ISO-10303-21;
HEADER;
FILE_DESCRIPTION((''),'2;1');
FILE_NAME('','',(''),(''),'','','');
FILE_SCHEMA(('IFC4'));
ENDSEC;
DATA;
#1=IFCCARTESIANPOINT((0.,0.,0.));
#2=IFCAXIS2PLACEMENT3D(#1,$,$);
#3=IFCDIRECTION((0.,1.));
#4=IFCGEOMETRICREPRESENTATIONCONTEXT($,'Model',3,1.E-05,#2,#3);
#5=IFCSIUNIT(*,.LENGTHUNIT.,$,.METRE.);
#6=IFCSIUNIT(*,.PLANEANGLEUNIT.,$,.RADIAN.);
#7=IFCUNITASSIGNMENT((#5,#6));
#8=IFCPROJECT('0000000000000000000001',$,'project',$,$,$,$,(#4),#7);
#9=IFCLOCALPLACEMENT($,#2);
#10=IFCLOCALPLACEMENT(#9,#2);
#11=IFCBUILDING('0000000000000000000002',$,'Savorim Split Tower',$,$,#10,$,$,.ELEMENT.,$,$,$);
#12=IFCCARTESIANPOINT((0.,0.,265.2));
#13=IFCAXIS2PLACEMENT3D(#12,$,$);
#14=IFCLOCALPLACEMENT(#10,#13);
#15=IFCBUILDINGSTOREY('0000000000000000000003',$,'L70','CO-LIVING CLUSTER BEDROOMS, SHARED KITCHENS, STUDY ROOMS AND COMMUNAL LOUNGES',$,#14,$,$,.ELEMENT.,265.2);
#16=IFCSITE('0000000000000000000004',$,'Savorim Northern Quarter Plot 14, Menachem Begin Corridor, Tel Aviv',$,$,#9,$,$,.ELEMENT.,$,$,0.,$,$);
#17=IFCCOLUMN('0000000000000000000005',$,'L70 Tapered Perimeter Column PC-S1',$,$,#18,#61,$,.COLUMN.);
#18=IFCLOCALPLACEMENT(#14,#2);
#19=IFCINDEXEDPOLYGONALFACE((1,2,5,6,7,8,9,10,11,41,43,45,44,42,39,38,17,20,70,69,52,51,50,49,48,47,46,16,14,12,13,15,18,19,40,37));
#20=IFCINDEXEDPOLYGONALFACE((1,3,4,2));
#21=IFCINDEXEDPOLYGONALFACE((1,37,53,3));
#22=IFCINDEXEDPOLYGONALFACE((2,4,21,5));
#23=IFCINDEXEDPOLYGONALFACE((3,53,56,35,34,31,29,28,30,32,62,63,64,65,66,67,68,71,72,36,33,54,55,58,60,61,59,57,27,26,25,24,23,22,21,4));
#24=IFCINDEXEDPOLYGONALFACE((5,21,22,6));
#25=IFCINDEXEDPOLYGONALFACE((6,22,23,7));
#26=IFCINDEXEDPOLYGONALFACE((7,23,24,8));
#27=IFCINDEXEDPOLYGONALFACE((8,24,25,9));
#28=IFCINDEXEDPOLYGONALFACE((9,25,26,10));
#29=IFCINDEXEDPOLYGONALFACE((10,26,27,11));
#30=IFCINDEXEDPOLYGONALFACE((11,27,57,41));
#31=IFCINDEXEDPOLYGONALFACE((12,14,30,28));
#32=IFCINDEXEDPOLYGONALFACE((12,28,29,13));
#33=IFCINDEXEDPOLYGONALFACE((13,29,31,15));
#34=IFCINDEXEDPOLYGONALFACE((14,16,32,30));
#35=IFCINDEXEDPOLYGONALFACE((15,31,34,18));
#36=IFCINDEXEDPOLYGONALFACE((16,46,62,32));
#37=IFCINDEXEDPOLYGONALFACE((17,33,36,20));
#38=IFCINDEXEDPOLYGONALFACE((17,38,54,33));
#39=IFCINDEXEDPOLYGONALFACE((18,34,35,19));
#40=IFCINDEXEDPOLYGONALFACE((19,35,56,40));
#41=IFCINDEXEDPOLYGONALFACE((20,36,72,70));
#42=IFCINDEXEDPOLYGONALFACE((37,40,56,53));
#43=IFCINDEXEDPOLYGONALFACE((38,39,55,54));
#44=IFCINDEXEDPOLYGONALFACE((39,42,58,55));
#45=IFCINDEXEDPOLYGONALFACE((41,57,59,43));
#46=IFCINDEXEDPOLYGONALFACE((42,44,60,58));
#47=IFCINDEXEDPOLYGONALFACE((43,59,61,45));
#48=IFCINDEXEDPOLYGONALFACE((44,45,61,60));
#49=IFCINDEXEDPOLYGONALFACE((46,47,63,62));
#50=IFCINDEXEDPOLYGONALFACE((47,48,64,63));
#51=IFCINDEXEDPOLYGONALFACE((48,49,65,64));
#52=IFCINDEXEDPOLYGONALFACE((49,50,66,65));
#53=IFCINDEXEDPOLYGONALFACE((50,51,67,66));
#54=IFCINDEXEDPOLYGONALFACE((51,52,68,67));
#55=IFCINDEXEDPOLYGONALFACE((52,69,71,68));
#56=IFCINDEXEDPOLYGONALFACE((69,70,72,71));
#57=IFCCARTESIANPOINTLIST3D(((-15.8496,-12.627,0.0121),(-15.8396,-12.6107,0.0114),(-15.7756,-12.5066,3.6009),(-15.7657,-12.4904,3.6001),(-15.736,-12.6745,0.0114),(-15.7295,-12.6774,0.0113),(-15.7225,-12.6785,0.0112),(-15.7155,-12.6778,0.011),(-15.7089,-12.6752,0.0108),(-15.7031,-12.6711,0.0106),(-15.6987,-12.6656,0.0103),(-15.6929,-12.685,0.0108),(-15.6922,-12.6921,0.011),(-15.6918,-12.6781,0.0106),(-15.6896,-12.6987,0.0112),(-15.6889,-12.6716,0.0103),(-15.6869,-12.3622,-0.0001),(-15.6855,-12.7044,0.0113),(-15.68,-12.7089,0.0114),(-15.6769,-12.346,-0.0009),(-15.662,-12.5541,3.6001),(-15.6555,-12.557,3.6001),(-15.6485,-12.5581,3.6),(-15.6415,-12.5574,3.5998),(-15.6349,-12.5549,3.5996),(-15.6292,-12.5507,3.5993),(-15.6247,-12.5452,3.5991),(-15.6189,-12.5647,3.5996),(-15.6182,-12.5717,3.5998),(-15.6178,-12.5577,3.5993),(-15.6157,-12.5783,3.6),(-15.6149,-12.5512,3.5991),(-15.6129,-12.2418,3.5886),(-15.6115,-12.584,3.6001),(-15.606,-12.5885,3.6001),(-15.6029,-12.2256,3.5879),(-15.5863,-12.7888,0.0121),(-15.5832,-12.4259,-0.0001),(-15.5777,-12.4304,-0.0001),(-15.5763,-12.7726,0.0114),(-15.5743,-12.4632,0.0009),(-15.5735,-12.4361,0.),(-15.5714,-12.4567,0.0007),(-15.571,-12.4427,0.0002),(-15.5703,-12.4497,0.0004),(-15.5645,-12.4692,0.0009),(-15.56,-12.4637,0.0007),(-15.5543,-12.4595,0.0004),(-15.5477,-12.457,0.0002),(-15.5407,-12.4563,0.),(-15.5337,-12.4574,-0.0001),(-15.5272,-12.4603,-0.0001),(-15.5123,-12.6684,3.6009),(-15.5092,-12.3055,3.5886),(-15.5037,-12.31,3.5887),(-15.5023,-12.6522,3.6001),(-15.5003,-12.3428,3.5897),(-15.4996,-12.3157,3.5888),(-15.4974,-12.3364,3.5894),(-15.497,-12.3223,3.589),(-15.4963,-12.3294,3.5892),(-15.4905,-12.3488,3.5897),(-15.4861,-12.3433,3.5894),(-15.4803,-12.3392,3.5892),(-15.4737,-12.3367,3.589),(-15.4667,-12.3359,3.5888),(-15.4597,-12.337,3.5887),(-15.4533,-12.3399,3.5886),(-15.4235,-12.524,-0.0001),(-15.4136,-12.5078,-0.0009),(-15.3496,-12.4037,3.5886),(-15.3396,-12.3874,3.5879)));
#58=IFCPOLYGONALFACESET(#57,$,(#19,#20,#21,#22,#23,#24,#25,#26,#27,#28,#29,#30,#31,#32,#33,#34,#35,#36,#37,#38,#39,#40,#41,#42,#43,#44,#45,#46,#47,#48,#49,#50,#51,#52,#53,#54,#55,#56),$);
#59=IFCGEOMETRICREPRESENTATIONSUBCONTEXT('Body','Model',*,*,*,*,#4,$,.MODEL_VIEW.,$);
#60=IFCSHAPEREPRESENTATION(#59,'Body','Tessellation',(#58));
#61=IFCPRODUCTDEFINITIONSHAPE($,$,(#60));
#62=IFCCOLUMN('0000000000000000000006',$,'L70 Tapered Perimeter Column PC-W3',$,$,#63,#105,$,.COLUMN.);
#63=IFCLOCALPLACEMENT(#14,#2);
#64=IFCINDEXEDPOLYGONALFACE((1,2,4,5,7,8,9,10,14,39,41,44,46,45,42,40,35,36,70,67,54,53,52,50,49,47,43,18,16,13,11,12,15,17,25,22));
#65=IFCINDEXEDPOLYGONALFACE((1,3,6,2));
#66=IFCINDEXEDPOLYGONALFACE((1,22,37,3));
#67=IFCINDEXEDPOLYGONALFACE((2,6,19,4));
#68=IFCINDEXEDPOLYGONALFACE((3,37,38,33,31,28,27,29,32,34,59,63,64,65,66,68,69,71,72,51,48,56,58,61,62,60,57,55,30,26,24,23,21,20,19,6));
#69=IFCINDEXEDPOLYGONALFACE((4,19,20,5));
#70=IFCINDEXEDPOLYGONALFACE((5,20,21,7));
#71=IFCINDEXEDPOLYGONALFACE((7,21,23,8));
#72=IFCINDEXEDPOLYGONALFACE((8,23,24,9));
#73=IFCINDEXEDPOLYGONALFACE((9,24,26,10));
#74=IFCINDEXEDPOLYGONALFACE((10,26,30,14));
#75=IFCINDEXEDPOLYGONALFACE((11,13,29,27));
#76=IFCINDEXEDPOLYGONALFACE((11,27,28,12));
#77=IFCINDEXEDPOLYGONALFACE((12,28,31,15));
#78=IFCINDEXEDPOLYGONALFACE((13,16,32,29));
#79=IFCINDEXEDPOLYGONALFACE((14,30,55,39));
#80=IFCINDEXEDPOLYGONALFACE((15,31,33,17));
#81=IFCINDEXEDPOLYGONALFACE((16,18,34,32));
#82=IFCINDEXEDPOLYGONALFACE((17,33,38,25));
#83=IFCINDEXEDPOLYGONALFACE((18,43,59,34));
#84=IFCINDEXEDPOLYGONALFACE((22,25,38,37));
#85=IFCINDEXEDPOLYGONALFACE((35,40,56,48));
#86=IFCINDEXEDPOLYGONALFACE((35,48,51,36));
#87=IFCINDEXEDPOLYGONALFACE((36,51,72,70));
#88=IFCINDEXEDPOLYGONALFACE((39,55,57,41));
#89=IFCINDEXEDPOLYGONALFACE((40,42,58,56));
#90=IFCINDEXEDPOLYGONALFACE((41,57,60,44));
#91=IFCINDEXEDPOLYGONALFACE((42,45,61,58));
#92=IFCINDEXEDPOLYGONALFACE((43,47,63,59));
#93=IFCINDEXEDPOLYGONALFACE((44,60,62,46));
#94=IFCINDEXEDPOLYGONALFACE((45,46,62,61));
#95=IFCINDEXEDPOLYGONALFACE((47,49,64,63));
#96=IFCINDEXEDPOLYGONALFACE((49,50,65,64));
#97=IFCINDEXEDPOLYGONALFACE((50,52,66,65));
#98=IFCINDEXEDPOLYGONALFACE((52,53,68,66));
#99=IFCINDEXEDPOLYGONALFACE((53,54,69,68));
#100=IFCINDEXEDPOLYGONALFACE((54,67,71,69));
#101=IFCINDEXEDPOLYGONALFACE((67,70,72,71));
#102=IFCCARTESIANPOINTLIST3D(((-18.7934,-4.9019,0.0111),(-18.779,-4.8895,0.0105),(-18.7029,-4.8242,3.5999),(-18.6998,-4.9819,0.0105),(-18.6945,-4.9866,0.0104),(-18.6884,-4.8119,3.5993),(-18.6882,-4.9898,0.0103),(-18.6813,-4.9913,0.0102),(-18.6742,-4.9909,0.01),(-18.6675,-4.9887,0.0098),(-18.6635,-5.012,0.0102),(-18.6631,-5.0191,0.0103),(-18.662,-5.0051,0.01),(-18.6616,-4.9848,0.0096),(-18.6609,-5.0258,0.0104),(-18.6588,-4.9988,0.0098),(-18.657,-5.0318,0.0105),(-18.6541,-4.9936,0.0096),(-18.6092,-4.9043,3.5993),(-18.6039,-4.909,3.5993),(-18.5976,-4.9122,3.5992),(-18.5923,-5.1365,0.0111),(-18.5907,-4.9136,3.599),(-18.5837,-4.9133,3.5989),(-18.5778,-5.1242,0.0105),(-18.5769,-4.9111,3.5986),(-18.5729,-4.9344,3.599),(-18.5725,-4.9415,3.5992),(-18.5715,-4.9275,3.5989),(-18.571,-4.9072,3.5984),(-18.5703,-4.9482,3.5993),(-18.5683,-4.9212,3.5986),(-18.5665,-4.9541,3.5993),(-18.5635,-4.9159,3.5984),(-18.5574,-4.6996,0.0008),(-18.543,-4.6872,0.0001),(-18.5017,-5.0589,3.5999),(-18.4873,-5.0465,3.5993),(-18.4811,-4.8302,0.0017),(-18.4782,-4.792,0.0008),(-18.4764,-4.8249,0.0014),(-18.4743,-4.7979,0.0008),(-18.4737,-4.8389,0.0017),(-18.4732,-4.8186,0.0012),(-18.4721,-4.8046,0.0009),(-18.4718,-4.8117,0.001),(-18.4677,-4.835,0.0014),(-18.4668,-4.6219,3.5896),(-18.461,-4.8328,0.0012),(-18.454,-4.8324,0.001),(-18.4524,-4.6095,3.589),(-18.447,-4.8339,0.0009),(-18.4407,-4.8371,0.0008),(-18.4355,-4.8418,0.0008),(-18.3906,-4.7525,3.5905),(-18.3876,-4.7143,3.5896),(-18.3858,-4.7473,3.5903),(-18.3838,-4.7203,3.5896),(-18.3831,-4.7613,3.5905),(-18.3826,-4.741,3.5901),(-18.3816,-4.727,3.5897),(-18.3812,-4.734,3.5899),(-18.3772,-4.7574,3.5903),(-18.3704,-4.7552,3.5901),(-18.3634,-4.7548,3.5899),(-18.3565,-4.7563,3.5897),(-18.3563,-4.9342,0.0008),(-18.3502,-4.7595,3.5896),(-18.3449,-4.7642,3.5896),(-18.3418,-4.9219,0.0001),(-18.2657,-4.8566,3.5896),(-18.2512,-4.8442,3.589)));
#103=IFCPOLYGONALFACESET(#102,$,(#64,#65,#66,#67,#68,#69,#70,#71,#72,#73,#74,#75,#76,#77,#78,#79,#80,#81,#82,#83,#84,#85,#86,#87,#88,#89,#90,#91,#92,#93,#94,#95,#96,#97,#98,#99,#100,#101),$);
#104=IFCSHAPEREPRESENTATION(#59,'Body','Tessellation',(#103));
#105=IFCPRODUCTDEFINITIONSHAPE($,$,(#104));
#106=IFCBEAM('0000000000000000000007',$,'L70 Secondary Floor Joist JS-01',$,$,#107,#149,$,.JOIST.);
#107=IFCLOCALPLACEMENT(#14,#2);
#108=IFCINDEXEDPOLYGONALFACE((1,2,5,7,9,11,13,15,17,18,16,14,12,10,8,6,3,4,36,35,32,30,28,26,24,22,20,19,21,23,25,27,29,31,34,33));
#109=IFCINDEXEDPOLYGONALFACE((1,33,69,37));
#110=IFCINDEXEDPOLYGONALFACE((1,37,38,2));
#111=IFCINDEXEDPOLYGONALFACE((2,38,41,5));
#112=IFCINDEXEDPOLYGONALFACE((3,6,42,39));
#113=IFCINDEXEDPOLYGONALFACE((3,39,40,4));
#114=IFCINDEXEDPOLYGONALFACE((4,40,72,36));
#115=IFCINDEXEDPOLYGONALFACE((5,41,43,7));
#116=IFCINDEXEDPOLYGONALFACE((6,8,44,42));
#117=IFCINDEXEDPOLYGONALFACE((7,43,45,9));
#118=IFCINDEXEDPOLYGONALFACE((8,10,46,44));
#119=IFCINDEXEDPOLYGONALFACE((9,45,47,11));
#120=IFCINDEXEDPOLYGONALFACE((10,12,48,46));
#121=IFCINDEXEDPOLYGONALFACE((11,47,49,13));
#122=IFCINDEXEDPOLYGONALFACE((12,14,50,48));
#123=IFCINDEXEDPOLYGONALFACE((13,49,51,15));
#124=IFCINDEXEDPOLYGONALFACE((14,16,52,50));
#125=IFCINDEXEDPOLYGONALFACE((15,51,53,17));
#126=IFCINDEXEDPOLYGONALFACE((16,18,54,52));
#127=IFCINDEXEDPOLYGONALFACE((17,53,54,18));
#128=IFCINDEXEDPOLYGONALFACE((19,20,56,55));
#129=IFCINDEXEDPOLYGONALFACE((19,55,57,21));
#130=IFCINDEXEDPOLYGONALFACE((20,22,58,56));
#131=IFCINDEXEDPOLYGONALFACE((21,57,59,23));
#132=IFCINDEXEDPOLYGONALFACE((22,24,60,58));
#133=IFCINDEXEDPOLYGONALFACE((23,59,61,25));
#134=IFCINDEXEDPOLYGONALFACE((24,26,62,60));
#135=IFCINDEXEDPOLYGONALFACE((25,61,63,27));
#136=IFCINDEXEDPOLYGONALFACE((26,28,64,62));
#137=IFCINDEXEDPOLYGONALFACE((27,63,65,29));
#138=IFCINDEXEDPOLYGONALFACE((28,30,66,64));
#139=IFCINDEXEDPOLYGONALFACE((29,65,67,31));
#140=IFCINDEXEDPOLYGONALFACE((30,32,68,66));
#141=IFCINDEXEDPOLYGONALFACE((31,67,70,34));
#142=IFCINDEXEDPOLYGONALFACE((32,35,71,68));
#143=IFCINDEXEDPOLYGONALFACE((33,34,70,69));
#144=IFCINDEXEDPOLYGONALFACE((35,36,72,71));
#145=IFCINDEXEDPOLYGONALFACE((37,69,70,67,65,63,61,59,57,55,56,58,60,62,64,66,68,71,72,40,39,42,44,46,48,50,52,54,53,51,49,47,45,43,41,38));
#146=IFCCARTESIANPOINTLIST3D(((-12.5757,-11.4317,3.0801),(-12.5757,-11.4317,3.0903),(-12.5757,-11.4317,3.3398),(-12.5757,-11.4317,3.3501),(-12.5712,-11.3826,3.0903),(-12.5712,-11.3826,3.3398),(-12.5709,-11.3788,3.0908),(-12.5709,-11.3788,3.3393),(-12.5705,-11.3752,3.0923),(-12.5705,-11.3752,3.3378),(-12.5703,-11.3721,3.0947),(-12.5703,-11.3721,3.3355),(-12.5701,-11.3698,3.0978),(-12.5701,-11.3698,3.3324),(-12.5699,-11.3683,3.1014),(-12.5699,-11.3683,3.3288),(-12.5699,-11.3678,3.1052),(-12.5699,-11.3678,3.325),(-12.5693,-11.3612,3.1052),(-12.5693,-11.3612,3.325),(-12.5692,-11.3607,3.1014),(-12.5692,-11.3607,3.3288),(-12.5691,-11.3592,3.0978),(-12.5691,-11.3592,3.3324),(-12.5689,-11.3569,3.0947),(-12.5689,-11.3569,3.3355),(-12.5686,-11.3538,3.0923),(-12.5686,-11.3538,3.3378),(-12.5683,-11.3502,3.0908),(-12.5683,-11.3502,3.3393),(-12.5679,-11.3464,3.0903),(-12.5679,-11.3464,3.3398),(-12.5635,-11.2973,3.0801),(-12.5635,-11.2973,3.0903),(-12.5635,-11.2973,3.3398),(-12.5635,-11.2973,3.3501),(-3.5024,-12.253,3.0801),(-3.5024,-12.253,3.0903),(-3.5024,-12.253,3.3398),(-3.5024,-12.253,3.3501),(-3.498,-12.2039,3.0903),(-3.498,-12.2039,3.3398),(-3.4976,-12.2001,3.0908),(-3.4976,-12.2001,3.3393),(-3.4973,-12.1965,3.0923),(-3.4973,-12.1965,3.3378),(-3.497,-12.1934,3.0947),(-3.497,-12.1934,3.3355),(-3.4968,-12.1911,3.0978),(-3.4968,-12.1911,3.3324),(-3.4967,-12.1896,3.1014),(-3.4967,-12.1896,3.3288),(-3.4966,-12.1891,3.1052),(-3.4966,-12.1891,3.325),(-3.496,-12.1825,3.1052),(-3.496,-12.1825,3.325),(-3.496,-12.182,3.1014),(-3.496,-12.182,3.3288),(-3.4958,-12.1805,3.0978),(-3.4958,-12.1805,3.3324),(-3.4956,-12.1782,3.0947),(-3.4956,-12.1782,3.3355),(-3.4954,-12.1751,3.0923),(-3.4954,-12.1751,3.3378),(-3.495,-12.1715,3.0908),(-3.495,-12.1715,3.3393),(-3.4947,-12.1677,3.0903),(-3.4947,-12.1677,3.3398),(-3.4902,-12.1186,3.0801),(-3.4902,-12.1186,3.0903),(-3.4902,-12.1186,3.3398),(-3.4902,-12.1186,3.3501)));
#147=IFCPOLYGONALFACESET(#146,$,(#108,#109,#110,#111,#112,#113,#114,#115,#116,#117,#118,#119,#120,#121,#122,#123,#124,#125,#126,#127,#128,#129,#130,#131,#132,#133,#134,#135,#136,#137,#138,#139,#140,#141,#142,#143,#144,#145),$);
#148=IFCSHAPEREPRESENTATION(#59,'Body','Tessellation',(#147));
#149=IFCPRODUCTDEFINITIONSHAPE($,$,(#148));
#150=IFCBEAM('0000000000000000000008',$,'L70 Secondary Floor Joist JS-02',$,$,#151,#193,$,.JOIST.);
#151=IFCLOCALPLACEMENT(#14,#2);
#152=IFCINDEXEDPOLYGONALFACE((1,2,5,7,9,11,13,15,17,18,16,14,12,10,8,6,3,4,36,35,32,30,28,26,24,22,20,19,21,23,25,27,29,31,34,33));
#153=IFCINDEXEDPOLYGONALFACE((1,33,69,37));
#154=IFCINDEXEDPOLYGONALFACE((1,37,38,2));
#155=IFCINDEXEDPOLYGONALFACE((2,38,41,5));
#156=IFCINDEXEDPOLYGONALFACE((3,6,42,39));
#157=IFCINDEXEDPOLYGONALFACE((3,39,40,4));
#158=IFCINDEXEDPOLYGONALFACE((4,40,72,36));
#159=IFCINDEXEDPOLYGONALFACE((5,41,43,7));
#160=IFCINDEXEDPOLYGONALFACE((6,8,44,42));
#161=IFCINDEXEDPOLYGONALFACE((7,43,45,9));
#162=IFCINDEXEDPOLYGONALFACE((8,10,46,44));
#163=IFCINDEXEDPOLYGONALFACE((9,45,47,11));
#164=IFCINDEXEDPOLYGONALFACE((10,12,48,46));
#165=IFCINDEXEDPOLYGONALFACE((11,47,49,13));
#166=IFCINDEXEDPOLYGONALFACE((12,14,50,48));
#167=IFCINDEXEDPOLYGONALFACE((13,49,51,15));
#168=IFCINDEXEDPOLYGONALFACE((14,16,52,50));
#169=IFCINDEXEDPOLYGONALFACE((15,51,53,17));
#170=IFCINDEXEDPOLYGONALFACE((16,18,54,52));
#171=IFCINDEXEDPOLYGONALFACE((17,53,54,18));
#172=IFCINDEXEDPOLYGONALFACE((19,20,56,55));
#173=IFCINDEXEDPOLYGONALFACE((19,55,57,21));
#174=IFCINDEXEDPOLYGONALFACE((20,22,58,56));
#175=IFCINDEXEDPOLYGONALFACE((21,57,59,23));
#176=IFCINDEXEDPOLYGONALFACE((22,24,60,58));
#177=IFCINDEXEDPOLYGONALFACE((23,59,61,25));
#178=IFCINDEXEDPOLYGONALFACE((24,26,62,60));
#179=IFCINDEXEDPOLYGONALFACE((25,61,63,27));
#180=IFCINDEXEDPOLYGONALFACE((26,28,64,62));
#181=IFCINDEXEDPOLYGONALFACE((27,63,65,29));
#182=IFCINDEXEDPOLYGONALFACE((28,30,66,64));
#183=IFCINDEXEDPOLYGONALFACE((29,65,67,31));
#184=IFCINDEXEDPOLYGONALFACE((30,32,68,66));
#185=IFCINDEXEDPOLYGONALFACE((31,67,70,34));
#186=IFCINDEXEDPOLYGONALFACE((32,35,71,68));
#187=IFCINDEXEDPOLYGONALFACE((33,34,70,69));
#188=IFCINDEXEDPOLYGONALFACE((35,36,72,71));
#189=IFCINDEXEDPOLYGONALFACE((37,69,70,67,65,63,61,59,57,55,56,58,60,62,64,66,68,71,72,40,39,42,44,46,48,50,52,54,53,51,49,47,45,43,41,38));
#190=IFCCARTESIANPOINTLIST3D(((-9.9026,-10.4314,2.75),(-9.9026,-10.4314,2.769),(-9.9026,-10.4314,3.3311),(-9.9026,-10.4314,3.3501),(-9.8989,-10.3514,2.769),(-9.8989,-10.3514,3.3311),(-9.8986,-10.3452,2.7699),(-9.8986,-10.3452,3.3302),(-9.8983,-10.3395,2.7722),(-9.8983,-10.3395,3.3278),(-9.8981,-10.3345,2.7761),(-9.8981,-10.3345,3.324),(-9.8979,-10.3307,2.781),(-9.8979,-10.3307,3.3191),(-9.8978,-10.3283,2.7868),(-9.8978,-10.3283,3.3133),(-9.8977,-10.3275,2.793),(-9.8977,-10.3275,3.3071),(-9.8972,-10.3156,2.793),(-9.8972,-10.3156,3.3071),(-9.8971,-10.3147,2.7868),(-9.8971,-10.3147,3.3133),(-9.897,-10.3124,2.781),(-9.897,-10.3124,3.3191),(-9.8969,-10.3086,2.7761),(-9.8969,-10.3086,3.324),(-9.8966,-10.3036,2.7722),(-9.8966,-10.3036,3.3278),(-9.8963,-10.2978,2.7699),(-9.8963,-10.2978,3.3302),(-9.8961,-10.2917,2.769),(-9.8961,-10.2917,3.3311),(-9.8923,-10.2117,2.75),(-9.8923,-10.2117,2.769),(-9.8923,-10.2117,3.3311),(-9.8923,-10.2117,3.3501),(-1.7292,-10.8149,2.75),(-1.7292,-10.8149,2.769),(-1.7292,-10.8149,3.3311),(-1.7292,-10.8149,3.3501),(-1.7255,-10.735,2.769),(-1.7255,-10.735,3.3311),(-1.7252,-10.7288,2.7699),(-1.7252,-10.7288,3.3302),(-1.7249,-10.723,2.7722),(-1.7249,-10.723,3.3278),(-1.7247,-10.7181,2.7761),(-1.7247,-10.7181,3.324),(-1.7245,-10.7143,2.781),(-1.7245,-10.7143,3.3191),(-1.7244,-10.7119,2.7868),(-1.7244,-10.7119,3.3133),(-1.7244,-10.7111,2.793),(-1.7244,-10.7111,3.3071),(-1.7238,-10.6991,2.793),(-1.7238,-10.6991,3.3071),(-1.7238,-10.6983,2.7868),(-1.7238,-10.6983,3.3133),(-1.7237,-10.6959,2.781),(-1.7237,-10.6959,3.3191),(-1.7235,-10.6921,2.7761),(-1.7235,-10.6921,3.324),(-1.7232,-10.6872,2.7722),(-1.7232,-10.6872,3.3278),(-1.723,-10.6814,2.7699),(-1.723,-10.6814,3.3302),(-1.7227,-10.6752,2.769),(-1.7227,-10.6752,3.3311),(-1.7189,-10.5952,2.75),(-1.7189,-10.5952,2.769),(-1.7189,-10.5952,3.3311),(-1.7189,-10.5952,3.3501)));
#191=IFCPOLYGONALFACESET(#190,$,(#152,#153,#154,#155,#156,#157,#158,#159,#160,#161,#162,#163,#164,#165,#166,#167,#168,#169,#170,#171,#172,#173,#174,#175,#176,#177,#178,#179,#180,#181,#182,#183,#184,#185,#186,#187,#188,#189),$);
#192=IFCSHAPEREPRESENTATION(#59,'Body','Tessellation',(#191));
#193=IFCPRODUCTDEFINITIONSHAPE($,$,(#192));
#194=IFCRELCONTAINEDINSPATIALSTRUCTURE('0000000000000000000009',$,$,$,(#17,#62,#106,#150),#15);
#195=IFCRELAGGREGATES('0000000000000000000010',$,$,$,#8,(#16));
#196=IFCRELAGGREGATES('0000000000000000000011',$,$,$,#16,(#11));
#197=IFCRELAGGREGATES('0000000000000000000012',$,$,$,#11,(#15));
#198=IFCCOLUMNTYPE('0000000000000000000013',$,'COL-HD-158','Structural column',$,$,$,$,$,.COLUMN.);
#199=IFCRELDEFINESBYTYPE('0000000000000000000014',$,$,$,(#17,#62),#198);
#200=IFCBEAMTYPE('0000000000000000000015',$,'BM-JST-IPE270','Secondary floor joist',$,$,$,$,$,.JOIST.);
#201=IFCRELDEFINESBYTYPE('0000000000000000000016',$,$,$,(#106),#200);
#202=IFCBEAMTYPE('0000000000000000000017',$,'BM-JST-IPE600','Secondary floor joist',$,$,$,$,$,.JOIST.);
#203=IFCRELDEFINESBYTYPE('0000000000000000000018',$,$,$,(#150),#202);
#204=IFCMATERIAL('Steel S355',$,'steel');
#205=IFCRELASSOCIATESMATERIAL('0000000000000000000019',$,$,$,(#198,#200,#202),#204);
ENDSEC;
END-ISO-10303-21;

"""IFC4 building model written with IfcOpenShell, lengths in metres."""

from ifc_helpers import new_model, si_unit, direction, frame, origin, origin_2d, place, context, subcontext, project, spatial, i_section, extrude, material, material_profile, profile_set, type_object, element, save


model = new_model("IFC4")

# Units and contexts
model_context = context("Model", 3, precision=1e-05, world=origin(), true_north=direction((0.0, 1.0)))
body_context = subcontext(model_context, "Body", "Model", "MODEL_VIEW")
ifc_project = project(units=[si_unit("LENGTHUNIT", "METRE"), si_unit("PLANEANGLEUNIT", "RADIAN")], contexts=[model_context])

# Site, building, storey
site_placement = place(None, origin())
site = spatial("IfcSite", under=ifc_project, at=site_placement, Name="Savorim Northern Quarter Plot 14, Menachem Begin Corridor, Tel Aviv", CompositionType="ELEMENT", RefElevation=0.0)
building_placement = place(site_placement, origin())
building = spatial("IfcBuilding", under=site, at=building_placement, Name="Savorim Split Tower", CompositionType="ELEMENT")
storey_placement = place(building_placement, frame((0.0, 0.0, 265.2)))
storey = spatial("IfcBuildingStorey", under=building, at=storey_placement, Name="L70", Description="CO-LIVING CLUSTER BEDROOMS, SHARED KITCHENS, STUDY ROOMS AND COMMUNAL LOUNGES", CompositionType="ELEMENT", Elevation=265.2)

# Columns
ifc_material_1 = material(Name="Steel S355", Category="steel")
ifc_material_profile_1 = material_profile(ifc_material_1, i_section(OverallWidth=0.3091, OverallDepth=0.3301, WebThickness=0.0115, FlangeThickness=0.019, FilletRadius=0.0271, at=origin_2d()), Name="HD 320x158")
ifc_profile_set_1 = profile_set([ifc_material_profile_1], Name="Steel S355")
column_type = type_object("IfcColumnType", Name="COL-HD-158", Description="Structural column", PredefinedType="COLUMN", material=ifc_profile_set_1)
column_1_placement = place(storey_placement, frame((-15.6316, -12.5674, 0.0056), z_axis=(0.020596, 0.033511, 0.999226), x_axis=(-0.851955, 0.523615, 0.0)))
element("IfcColumn", 1, at=column_1_placement, inside=storey, type_object=column_type, Name="L70 Tapered Perimeter Column PC-S1", PredefinedType="COLUMN", context=body_context, shape_type="SweptSolid", body=[
    extrude(i_section(OverallWidth=0.3091, OverallDepth=0.3301, WebThickness=0.0115, FlangeThickness=0.019, FilletRadius=0.0271, at=origin_2d()), origin(), (0.0, 0.0, 1.0), 3.5916),
])
column_2_placement = place(storey_placement, frame((-18.5676, -4.9119, 0.0056), z_axis=(0.025224, 0.021621, 0.999448), x_axis=(-0.650791, 0.759257, 0.0)))
element("IfcColumn", 2, at=column_2_placement, inside=storey, type_object=column_type, Name="L70 Tapered Perimeter Column PC-W3", PredefinedType="COLUMN", context=body_context, shape_type="SweptSolid", body=[
    extrude(i_section(OverallWidth=0.3091, OverallDepth=0.3301, WebThickness=0.0115, FlangeThickness=0.019, FilletRadius=0.0271, at=origin_2d()), origin(), (0.0, 0.0, 1.0), 3.5908),
])

# Beams
ifc_material_profile_2 = material_profile(ifc_material_1, i_section(OverallWidth=0.135, OverallDepth=0.27, WebThickness=0.0066, FlangeThickness=0.0103, FilletRadius=0.0149, at=origin_2d()), Name="IPE 270")
ifc_profile_set_2 = profile_set([ifc_material_profile_2], Name="Steel S355")
beam_type_1 = type_object("IfcBeamType", Name="BM-JST-IPE270", Description="Secondary floor joist", PredefinedType="JOIST", material=ifc_profile_set_2)
beam_1_placement = place(storey_placement, frame((-12.5696, -11.3645, 3.2151), z_axis=(0.995928, -0.090149, 0.0), x_axis=(0.090149, 0.995928, 0.0)))
element("IfcBeam", 3, at=beam_1_placement, inside=storey, type_object=beam_type_1, Name="L70 Secondary Floor Joist JS-01", PredefinedType="JOIST", context=body_context, shape_type="SweptSolid", body=[
    extrude(i_section(OverallWidth=0.135, OverallDepth=0.27, WebThickness=0.0066, FlangeThickness=0.0103, FilletRadius=0.0149, at=origin_2d()), origin(), (0.0, 0.0, 1.0), 9.1104),
])
ifc_material_profile_3 = material_profile(ifc_material_1, i_section(OverallWidth=0.22, OverallDepth=0.6001, WebThickness=0.012, FlangeThickness=0.019, FilletRadius=0.0239, at=origin_2d()), Name="IPE 600")
ifc_profile_set_3 = profile_set([ifc_material_profile_3], Name="Steel S355")
beam_type_2 = type_object("IfcBeamType", Name="BM-JST-IPE600", Description="Secondary floor joist", PredefinedType="JOIST", material=ifc_profile_set_3)
beam_2_placement = place(storey_placement, frame((-9.8975, -10.3215, 3.05), z_axis=(0.998901, -0.046875, 0.0), x_axis=(0.046875, 0.998901, 0.0)))
element("IfcBeam", 4, at=beam_2_placement, inside=storey, type_object=beam_type_2, Name="L70 Secondary Floor Joist JS-02", PredefinedType="JOIST", context=body_context, shape_type="SweptSolid", body=[
    extrude(i_section(OverallWidth=0.22, OverallDepth=0.6001, WebThickness=0.012, FlangeThickness=0.019, FilletRadius=0.0239, at=origin_2d()), origin(), (0.0, 0.0, 1.0), 8.1824),
])

save(model, "model.ifc")
